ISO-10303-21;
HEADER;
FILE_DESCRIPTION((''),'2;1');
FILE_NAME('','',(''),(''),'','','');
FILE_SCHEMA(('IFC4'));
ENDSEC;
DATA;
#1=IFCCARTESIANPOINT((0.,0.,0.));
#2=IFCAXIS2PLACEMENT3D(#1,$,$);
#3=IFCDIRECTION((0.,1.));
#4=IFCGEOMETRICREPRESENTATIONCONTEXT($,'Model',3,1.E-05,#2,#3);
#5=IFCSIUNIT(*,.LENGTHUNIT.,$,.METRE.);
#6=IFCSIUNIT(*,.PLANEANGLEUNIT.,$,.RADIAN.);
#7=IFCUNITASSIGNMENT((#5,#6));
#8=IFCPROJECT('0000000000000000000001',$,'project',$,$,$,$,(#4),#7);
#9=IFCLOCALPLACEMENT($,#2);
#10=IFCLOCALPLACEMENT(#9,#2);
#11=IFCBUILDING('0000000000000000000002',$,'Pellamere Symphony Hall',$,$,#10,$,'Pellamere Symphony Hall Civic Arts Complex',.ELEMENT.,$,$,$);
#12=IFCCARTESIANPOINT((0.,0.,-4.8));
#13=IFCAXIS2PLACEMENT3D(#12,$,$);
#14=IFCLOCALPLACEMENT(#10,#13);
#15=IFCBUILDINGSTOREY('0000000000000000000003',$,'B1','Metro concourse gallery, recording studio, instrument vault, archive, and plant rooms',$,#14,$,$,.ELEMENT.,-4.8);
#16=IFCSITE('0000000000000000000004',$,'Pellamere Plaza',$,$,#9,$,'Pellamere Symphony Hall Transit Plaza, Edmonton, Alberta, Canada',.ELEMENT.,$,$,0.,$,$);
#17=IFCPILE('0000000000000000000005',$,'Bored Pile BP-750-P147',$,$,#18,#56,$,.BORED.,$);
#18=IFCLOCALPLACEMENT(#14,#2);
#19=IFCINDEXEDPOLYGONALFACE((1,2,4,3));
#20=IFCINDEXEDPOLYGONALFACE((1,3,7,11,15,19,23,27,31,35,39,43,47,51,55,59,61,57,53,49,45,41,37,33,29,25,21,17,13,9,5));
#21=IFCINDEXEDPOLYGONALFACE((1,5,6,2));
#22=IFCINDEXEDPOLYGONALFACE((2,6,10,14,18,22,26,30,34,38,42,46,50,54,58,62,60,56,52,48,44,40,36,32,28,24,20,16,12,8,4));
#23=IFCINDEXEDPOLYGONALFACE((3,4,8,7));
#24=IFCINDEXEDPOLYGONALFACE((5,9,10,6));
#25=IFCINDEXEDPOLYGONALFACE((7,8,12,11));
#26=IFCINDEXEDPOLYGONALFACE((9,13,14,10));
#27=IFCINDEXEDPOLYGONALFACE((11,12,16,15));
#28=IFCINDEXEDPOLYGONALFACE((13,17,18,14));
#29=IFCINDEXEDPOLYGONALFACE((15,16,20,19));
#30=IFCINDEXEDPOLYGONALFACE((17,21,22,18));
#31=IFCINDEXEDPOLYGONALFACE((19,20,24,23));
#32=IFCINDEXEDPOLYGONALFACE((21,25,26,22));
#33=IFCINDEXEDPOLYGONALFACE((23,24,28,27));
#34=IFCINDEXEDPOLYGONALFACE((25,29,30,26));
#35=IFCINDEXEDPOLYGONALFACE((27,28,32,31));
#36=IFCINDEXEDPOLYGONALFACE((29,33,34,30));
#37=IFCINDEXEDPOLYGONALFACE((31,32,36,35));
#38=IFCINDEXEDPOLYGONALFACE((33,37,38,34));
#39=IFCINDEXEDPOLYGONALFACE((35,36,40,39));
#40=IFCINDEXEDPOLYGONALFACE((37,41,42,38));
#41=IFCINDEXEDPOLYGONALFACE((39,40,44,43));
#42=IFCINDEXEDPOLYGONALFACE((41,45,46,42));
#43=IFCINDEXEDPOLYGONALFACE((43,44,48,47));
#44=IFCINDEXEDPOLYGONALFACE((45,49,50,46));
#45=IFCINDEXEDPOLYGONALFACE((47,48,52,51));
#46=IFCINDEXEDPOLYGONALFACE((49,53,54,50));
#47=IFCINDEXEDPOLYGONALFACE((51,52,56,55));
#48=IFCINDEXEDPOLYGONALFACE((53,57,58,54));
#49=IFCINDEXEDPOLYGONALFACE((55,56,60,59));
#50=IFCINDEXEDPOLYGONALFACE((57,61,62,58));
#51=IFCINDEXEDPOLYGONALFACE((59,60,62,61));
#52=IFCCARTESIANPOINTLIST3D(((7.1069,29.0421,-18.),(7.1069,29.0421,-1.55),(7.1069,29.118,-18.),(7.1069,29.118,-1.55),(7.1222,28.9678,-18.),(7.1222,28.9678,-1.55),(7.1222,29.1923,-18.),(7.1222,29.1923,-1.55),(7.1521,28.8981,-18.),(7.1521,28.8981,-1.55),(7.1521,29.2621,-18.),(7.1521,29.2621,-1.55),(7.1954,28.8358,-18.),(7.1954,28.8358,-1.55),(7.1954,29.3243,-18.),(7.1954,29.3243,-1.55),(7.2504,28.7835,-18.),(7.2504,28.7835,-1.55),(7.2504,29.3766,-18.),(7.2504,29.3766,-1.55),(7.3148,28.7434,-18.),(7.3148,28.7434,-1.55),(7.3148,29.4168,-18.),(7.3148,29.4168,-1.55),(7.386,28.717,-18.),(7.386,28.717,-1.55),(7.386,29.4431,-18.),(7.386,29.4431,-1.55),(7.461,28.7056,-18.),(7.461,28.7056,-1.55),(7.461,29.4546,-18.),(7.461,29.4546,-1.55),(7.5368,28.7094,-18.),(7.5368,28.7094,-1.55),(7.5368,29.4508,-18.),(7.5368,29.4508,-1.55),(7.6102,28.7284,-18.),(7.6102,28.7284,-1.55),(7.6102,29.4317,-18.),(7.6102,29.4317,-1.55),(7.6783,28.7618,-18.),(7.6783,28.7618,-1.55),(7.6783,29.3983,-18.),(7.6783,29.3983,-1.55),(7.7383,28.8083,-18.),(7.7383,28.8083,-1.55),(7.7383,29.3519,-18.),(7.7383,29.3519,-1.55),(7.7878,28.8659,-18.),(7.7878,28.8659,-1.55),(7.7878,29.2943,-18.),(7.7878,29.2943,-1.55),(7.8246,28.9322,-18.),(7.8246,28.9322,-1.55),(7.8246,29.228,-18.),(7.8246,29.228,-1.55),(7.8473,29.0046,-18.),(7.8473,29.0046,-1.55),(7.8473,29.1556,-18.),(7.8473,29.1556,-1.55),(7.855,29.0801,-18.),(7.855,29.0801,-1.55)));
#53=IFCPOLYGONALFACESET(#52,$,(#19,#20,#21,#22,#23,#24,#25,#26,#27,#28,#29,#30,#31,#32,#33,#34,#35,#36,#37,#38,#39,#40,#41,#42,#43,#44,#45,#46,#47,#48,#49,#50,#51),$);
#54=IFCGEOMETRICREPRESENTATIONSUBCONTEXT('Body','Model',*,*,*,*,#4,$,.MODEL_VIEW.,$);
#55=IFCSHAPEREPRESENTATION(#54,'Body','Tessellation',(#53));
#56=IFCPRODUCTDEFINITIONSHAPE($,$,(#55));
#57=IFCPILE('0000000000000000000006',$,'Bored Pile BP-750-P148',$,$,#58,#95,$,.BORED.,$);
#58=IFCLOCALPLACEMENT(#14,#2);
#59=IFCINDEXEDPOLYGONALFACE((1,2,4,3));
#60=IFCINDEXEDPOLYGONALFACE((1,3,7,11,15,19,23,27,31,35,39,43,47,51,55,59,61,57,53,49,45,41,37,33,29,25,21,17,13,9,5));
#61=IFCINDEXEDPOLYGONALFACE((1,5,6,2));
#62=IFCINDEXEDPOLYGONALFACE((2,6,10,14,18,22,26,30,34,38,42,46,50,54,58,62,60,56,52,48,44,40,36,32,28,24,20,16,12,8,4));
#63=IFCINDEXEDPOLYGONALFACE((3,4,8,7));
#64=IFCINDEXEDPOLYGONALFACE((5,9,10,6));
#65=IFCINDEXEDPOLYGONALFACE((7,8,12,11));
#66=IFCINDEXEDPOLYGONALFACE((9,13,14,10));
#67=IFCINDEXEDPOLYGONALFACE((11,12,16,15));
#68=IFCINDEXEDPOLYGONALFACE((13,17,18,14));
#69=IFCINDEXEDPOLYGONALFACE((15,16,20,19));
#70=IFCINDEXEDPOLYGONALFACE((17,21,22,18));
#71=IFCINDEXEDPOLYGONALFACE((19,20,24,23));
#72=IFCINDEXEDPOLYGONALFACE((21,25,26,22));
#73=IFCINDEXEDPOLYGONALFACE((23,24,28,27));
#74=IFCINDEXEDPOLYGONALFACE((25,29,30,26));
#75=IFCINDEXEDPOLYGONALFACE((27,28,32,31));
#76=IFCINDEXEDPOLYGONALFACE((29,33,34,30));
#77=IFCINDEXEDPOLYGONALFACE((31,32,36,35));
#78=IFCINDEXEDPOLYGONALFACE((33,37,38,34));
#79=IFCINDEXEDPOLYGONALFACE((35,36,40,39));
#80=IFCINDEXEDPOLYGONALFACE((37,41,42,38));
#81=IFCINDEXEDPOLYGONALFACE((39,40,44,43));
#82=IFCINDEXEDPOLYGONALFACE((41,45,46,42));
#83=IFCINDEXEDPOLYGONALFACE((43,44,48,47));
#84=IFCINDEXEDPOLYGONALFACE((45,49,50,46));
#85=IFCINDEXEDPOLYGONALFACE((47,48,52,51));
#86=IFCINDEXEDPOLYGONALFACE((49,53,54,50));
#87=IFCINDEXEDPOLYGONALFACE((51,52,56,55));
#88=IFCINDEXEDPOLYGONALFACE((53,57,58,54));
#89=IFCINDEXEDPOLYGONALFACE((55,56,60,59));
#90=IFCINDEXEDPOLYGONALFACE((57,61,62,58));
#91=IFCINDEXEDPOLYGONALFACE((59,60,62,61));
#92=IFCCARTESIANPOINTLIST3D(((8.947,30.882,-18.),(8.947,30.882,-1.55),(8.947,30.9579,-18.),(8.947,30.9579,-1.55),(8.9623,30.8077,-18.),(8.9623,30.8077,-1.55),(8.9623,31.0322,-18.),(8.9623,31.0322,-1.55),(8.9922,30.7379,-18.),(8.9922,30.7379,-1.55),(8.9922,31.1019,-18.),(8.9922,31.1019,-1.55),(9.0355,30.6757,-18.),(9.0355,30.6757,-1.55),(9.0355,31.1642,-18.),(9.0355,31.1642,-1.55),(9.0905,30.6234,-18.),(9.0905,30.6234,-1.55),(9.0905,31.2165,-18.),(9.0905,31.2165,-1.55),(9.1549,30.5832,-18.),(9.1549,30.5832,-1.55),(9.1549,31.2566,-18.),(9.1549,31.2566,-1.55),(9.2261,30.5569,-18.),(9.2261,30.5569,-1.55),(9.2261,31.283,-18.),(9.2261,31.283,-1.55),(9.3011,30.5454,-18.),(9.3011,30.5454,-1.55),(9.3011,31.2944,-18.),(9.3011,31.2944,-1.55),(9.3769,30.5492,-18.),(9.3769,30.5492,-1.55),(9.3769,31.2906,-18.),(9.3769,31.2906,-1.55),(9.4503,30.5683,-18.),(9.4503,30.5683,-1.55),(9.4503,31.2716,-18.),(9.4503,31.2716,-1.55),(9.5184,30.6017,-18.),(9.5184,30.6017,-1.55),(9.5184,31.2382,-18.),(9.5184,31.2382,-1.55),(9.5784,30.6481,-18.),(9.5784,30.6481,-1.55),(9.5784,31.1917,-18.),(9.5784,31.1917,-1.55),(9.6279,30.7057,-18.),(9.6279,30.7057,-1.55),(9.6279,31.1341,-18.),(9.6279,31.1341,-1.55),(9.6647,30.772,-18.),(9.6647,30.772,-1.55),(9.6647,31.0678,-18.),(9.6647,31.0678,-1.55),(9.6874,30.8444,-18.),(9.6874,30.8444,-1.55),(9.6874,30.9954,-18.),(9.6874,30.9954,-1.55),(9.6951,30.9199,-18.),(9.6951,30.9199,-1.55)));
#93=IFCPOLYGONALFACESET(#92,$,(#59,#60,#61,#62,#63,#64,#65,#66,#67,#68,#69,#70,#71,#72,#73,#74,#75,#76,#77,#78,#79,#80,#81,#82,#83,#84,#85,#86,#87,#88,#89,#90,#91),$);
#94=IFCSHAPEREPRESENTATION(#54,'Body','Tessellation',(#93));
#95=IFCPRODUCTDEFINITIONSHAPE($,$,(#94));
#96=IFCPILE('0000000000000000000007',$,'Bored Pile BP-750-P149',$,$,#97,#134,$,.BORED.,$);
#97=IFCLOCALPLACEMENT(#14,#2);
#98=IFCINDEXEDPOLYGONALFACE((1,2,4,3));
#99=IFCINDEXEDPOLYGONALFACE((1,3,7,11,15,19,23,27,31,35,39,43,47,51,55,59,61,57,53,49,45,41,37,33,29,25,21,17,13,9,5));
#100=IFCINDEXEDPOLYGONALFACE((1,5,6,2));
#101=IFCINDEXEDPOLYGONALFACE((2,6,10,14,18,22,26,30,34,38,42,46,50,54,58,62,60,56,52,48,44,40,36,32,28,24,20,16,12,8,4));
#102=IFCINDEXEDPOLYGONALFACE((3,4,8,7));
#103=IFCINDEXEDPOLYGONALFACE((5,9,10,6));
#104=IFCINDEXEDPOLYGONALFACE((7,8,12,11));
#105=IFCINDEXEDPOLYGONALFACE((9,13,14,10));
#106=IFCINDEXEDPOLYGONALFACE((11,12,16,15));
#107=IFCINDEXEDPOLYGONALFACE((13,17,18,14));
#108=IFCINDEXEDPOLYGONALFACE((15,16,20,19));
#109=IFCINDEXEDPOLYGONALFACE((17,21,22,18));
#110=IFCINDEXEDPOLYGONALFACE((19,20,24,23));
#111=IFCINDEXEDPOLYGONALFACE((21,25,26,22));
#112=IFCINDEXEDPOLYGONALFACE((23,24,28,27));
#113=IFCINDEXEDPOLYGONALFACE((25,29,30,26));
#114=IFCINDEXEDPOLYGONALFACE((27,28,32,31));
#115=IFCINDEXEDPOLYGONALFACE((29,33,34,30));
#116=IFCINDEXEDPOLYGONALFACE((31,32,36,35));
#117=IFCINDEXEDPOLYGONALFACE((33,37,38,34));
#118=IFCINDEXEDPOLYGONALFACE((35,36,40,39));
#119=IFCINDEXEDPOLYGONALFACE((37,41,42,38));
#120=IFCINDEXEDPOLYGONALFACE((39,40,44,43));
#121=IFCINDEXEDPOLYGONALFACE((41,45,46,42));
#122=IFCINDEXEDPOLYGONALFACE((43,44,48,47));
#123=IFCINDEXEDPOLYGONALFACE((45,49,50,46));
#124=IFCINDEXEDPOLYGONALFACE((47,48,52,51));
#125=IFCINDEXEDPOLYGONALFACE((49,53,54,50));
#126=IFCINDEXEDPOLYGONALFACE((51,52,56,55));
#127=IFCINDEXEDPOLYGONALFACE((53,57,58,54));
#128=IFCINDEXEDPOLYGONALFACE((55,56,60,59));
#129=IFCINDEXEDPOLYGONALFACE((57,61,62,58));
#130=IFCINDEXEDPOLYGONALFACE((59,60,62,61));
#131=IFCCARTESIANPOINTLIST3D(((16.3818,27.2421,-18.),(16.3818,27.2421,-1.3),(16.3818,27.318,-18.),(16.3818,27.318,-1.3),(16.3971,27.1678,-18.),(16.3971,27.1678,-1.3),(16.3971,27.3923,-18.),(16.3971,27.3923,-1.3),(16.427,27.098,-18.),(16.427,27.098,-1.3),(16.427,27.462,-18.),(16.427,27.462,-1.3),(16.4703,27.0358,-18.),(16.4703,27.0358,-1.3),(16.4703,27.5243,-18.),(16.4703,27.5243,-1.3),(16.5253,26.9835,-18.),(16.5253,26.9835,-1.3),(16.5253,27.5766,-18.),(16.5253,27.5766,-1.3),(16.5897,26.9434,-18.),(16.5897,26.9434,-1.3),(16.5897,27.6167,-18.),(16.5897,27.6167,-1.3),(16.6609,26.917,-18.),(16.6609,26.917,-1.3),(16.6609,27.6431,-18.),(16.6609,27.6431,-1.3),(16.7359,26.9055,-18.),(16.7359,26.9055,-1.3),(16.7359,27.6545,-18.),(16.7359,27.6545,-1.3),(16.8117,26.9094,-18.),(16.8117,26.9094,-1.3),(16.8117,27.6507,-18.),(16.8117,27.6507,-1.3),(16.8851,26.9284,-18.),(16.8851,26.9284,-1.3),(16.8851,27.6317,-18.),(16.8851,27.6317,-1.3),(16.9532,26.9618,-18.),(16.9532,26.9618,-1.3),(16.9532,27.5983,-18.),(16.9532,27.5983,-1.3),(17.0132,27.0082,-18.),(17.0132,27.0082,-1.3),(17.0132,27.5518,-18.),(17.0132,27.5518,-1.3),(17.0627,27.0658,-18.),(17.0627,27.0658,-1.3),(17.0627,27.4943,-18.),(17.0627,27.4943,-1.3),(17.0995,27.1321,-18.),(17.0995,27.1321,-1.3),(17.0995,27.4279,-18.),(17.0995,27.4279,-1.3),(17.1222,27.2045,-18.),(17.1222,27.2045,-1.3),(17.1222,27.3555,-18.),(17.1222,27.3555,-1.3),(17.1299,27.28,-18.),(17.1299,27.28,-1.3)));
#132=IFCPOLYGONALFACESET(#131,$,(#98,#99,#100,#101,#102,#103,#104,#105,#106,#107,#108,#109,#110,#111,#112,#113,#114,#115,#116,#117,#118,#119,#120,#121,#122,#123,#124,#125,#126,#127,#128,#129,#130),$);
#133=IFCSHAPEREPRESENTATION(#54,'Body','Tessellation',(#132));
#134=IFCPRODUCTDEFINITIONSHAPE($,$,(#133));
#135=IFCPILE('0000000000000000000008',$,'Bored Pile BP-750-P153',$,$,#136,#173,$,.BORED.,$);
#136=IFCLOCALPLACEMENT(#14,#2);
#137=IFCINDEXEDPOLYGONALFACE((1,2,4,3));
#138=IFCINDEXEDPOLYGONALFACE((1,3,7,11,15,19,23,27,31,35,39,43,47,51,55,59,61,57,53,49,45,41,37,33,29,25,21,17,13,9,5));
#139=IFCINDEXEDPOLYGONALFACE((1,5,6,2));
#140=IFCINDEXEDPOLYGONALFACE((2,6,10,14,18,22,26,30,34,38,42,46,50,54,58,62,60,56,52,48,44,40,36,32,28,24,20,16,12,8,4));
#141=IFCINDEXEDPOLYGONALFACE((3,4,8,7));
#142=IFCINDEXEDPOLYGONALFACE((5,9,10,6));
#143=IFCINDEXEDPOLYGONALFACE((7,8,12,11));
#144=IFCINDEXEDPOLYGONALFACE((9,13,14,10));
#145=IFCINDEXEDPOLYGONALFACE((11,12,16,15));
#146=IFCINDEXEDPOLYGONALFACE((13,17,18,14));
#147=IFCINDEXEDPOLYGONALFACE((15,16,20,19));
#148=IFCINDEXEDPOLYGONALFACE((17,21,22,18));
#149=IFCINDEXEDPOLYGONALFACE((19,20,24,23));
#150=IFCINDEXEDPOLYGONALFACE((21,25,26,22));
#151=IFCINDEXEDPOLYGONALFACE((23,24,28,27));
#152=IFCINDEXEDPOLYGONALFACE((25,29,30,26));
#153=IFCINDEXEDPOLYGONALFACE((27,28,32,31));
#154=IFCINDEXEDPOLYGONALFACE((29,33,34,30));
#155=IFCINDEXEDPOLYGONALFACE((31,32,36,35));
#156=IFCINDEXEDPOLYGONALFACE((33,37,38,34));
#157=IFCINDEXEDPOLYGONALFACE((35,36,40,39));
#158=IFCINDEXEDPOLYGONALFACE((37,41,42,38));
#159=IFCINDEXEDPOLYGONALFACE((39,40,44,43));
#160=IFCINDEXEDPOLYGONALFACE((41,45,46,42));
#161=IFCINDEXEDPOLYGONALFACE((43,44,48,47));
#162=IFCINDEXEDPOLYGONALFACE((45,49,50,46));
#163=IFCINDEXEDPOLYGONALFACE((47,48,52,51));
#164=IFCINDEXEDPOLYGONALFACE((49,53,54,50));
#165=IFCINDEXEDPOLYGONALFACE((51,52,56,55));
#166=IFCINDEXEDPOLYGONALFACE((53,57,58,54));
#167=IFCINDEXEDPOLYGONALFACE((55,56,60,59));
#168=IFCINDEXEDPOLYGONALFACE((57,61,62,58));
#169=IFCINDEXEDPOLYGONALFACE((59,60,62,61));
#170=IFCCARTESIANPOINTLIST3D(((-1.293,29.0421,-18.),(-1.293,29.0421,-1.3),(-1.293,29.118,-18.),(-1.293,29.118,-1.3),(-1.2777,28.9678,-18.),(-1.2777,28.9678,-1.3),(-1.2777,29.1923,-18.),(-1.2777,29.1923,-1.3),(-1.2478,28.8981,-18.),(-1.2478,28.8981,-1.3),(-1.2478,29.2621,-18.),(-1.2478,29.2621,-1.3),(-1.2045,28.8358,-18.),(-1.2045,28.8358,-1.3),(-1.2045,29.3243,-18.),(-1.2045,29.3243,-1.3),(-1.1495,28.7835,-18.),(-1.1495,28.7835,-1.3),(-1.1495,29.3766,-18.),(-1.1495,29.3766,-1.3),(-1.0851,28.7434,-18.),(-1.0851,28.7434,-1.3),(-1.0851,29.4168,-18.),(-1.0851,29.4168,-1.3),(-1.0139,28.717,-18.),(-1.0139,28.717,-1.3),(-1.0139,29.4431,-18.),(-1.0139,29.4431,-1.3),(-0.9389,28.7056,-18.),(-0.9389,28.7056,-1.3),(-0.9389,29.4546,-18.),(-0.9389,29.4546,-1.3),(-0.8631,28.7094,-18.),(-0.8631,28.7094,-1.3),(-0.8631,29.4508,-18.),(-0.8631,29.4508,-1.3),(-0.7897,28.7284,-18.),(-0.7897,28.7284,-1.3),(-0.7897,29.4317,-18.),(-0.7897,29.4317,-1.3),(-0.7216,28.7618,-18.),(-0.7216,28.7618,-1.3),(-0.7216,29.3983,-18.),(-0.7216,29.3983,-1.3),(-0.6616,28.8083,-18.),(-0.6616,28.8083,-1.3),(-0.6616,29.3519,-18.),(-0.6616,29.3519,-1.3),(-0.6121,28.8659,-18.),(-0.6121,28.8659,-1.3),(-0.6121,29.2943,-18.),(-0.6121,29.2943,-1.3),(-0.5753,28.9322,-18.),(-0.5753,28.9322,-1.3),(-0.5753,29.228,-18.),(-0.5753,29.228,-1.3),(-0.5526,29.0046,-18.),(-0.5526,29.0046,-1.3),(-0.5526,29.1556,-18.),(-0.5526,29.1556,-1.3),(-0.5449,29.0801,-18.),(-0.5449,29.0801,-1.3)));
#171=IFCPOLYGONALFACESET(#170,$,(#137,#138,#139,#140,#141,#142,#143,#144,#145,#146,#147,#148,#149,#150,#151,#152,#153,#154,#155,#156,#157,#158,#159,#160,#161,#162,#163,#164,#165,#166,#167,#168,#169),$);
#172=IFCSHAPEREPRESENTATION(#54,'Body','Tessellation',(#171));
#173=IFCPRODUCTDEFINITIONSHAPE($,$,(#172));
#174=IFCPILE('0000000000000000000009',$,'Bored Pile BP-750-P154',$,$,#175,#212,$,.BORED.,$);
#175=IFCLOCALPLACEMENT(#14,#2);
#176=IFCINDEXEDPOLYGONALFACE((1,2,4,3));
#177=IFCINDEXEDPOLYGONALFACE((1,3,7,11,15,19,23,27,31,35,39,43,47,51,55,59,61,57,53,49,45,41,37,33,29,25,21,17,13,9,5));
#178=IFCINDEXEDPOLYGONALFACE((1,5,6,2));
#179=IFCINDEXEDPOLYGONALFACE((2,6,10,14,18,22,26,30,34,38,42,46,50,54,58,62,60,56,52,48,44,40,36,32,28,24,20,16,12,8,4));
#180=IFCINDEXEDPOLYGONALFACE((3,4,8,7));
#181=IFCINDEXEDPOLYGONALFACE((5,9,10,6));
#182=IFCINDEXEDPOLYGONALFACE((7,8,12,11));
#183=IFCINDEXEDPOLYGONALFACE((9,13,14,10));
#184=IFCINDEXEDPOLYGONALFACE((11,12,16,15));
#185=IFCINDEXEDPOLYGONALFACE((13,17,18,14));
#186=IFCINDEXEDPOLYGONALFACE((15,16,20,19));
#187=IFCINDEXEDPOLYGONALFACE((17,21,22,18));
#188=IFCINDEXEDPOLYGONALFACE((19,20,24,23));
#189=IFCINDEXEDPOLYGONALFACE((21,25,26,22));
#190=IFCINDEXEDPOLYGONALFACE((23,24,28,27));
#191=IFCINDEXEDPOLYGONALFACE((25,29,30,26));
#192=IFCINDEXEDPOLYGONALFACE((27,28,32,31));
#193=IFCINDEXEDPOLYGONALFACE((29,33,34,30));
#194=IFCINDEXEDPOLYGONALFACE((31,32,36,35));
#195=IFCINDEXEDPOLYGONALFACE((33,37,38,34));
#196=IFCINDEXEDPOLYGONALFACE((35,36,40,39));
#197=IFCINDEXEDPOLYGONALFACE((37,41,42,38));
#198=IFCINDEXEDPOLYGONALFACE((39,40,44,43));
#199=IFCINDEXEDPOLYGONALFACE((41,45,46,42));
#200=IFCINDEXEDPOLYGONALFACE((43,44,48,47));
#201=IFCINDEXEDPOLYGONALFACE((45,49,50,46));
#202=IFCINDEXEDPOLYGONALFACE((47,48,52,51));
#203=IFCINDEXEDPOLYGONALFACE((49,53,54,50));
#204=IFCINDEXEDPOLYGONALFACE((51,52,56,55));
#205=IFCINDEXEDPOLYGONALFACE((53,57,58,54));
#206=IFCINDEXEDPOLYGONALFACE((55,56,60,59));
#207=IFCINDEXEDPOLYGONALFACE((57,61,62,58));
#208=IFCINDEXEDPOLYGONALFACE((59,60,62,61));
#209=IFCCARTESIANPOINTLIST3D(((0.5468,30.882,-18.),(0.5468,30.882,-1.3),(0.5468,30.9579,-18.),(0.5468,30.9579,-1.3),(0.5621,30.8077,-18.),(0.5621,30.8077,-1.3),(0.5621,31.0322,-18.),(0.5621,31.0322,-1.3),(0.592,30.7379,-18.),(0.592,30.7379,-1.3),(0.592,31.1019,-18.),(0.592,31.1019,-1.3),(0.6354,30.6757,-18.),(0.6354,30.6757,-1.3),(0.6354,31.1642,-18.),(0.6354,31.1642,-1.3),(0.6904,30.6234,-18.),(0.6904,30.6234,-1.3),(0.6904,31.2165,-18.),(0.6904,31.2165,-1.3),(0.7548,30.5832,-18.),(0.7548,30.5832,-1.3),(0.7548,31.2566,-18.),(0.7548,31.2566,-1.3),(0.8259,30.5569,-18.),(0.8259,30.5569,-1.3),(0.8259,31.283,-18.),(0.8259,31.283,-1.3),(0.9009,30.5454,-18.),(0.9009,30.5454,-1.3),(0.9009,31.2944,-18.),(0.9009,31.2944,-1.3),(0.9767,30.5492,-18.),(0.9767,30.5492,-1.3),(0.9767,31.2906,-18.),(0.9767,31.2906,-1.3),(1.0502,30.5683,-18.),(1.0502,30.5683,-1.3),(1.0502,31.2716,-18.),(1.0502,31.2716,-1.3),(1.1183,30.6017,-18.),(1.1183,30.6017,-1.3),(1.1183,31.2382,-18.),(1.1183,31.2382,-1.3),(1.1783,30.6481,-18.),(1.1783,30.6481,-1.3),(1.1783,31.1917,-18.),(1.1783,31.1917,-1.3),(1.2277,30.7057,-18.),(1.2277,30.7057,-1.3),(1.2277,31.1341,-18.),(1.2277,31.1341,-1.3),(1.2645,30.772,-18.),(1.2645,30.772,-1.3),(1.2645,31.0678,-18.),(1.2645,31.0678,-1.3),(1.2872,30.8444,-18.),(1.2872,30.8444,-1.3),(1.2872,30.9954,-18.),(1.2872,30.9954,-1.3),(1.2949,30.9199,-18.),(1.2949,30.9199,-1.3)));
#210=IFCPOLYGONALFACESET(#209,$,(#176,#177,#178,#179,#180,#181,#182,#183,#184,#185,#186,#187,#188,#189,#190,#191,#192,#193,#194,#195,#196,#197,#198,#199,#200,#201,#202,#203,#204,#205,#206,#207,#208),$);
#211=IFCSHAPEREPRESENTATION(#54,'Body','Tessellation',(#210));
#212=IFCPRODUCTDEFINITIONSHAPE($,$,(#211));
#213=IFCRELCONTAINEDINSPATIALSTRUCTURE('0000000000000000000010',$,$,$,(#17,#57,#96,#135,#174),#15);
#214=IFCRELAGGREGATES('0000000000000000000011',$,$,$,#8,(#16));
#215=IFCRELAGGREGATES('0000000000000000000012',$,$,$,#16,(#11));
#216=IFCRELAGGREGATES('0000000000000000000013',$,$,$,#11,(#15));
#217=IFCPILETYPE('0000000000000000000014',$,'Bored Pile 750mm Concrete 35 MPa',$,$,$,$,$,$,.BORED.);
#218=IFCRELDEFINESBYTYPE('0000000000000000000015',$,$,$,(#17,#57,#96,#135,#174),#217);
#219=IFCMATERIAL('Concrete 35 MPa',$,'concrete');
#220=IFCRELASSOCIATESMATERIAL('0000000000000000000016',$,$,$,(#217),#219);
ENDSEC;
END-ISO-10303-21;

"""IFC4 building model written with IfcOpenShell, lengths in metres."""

from ifc_helpers import new_model, si_unit, direction, frame, origin, origin_2d, place, context, subcontext, project, spatial, circle, extrude, material, material_profile, profile_set, type_object, element, save


model = new_model("IFC4")

# Units and contexts
model_context = context("Model", 3, precision=1e-05, world=origin(), true_north=direction((0.0, 1.0)))
body_context = subcontext(model_context, "Body", "Model", "MODEL_VIEW")
ifc_project = project(units=[si_unit("LENGTHUNIT", "METRE"), si_unit("PLANEANGLEUNIT", "RADIAN")], contexts=[model_context])

# Site, building, storey
site_placement = place(None, origin())
site = spatial("IfcSite", under=ifc_project, at=site_placement, Name="Pellamere Plaza", LongName="Pellamere Symphony Hall Transit Plaza, Edmonton, Alberta, Canada", CompositionType="ELEMENT", RefElevation=0.0)
building_placement = place(site_placement, origin())
building = spatial("IfcBuilding", under=site, at=building_placement, Name="Pellamere Symphony Hall", LongName="Pellamere Symphony Hall Civic Arts Complex", CompositionType="ELEMENT")
storey_placement = place(building_placement, frame((0.0, 0.0, -4.8)))
storey = spatial("IfcBuildingStorey", under=building, at=storey_placement, Name="B1", Description="Metro concourse gallery, recording studio, instrument vault, archive, and plant rooms", CompositionType="ELEMENT", Elevation=-4.8)

# Piles
ifc_material_1 = material(Name="Concrete 35 MPa", Category="concrete")
ifc_material_profile_1 = material_profile(ifc_material_1, circle(Radius=0.375, at=origin_2d()), Name="PILE D750")
ifc_profile_set_1 = profile_set([ifc_material_profile_1], Name="Concrete 35 MPa")
pile_type = type_object("IfcPileType", Name="Bored Pile 750mm Concrete 35 MPa", PredefinedType="BORED", material=ifc_profile_set_1)
for number, where, z_axis, x_axis, name in (
    (1, (7.48, 29.0801, -1.55), (0.0, 0.0, -1.0), (1.0, 0.0, 0.0), "Bored Pile BP-750-P147"),
    (2, (9.3201, 30.9199, -1.55), (0.0, 0.0, -1.0), (1.0, 0.0, 0.0), "Bored Pile BP-750-P148"),
):
    element("IfcPile", number, at=place(storey_placement, frame(where, z_axis=z_axis, x_axis=x_axis)), inside=storey, type_object=pile_type, Name=name, PredefinedType="BORED", context=body_context, shape_type="SweptSolid", body=[
        extrude(circle(Radius=0.375, at=origin_2d()), origin(), (0.0, 0.0, 1.0), 16.45),
    ])
for number, where, z_axis, x_axis, name in (
    (3, (16.7549, 27.28, -1.3), (0.0, 0.0, -1.0), (1.0, 0.0, 0.0), "Bored Pile BP-750-P149"),
    (4, (-0.9199, 29.0801, -1.3), (0.0, 0.0, -1.0), (1.0, 0.0, 0.0), "Bored Pile BP-750-P153"),
    (5, (0.9199, 30.9199, -1.3), (0.0, 0.0, -1.0), (1.0, 0.0, 0.0), "Bored Pile BP-750-P154"),
):
    element("IfcPile", number, at=place(storey_placement, frame(where, z_axis=z_axis, x_axis=x_axis)), inside=storey, type_object=pile_type, Name=name, PredefinedType="BORED", context=body_context, shape_type="SweptSolid", body=[
        extrude(circle(Radius=0.375, at=origin_2d()), origin(), (0.0, 0.0, 1.0), 16.7),
    ])

save(model, "model.ifc")
